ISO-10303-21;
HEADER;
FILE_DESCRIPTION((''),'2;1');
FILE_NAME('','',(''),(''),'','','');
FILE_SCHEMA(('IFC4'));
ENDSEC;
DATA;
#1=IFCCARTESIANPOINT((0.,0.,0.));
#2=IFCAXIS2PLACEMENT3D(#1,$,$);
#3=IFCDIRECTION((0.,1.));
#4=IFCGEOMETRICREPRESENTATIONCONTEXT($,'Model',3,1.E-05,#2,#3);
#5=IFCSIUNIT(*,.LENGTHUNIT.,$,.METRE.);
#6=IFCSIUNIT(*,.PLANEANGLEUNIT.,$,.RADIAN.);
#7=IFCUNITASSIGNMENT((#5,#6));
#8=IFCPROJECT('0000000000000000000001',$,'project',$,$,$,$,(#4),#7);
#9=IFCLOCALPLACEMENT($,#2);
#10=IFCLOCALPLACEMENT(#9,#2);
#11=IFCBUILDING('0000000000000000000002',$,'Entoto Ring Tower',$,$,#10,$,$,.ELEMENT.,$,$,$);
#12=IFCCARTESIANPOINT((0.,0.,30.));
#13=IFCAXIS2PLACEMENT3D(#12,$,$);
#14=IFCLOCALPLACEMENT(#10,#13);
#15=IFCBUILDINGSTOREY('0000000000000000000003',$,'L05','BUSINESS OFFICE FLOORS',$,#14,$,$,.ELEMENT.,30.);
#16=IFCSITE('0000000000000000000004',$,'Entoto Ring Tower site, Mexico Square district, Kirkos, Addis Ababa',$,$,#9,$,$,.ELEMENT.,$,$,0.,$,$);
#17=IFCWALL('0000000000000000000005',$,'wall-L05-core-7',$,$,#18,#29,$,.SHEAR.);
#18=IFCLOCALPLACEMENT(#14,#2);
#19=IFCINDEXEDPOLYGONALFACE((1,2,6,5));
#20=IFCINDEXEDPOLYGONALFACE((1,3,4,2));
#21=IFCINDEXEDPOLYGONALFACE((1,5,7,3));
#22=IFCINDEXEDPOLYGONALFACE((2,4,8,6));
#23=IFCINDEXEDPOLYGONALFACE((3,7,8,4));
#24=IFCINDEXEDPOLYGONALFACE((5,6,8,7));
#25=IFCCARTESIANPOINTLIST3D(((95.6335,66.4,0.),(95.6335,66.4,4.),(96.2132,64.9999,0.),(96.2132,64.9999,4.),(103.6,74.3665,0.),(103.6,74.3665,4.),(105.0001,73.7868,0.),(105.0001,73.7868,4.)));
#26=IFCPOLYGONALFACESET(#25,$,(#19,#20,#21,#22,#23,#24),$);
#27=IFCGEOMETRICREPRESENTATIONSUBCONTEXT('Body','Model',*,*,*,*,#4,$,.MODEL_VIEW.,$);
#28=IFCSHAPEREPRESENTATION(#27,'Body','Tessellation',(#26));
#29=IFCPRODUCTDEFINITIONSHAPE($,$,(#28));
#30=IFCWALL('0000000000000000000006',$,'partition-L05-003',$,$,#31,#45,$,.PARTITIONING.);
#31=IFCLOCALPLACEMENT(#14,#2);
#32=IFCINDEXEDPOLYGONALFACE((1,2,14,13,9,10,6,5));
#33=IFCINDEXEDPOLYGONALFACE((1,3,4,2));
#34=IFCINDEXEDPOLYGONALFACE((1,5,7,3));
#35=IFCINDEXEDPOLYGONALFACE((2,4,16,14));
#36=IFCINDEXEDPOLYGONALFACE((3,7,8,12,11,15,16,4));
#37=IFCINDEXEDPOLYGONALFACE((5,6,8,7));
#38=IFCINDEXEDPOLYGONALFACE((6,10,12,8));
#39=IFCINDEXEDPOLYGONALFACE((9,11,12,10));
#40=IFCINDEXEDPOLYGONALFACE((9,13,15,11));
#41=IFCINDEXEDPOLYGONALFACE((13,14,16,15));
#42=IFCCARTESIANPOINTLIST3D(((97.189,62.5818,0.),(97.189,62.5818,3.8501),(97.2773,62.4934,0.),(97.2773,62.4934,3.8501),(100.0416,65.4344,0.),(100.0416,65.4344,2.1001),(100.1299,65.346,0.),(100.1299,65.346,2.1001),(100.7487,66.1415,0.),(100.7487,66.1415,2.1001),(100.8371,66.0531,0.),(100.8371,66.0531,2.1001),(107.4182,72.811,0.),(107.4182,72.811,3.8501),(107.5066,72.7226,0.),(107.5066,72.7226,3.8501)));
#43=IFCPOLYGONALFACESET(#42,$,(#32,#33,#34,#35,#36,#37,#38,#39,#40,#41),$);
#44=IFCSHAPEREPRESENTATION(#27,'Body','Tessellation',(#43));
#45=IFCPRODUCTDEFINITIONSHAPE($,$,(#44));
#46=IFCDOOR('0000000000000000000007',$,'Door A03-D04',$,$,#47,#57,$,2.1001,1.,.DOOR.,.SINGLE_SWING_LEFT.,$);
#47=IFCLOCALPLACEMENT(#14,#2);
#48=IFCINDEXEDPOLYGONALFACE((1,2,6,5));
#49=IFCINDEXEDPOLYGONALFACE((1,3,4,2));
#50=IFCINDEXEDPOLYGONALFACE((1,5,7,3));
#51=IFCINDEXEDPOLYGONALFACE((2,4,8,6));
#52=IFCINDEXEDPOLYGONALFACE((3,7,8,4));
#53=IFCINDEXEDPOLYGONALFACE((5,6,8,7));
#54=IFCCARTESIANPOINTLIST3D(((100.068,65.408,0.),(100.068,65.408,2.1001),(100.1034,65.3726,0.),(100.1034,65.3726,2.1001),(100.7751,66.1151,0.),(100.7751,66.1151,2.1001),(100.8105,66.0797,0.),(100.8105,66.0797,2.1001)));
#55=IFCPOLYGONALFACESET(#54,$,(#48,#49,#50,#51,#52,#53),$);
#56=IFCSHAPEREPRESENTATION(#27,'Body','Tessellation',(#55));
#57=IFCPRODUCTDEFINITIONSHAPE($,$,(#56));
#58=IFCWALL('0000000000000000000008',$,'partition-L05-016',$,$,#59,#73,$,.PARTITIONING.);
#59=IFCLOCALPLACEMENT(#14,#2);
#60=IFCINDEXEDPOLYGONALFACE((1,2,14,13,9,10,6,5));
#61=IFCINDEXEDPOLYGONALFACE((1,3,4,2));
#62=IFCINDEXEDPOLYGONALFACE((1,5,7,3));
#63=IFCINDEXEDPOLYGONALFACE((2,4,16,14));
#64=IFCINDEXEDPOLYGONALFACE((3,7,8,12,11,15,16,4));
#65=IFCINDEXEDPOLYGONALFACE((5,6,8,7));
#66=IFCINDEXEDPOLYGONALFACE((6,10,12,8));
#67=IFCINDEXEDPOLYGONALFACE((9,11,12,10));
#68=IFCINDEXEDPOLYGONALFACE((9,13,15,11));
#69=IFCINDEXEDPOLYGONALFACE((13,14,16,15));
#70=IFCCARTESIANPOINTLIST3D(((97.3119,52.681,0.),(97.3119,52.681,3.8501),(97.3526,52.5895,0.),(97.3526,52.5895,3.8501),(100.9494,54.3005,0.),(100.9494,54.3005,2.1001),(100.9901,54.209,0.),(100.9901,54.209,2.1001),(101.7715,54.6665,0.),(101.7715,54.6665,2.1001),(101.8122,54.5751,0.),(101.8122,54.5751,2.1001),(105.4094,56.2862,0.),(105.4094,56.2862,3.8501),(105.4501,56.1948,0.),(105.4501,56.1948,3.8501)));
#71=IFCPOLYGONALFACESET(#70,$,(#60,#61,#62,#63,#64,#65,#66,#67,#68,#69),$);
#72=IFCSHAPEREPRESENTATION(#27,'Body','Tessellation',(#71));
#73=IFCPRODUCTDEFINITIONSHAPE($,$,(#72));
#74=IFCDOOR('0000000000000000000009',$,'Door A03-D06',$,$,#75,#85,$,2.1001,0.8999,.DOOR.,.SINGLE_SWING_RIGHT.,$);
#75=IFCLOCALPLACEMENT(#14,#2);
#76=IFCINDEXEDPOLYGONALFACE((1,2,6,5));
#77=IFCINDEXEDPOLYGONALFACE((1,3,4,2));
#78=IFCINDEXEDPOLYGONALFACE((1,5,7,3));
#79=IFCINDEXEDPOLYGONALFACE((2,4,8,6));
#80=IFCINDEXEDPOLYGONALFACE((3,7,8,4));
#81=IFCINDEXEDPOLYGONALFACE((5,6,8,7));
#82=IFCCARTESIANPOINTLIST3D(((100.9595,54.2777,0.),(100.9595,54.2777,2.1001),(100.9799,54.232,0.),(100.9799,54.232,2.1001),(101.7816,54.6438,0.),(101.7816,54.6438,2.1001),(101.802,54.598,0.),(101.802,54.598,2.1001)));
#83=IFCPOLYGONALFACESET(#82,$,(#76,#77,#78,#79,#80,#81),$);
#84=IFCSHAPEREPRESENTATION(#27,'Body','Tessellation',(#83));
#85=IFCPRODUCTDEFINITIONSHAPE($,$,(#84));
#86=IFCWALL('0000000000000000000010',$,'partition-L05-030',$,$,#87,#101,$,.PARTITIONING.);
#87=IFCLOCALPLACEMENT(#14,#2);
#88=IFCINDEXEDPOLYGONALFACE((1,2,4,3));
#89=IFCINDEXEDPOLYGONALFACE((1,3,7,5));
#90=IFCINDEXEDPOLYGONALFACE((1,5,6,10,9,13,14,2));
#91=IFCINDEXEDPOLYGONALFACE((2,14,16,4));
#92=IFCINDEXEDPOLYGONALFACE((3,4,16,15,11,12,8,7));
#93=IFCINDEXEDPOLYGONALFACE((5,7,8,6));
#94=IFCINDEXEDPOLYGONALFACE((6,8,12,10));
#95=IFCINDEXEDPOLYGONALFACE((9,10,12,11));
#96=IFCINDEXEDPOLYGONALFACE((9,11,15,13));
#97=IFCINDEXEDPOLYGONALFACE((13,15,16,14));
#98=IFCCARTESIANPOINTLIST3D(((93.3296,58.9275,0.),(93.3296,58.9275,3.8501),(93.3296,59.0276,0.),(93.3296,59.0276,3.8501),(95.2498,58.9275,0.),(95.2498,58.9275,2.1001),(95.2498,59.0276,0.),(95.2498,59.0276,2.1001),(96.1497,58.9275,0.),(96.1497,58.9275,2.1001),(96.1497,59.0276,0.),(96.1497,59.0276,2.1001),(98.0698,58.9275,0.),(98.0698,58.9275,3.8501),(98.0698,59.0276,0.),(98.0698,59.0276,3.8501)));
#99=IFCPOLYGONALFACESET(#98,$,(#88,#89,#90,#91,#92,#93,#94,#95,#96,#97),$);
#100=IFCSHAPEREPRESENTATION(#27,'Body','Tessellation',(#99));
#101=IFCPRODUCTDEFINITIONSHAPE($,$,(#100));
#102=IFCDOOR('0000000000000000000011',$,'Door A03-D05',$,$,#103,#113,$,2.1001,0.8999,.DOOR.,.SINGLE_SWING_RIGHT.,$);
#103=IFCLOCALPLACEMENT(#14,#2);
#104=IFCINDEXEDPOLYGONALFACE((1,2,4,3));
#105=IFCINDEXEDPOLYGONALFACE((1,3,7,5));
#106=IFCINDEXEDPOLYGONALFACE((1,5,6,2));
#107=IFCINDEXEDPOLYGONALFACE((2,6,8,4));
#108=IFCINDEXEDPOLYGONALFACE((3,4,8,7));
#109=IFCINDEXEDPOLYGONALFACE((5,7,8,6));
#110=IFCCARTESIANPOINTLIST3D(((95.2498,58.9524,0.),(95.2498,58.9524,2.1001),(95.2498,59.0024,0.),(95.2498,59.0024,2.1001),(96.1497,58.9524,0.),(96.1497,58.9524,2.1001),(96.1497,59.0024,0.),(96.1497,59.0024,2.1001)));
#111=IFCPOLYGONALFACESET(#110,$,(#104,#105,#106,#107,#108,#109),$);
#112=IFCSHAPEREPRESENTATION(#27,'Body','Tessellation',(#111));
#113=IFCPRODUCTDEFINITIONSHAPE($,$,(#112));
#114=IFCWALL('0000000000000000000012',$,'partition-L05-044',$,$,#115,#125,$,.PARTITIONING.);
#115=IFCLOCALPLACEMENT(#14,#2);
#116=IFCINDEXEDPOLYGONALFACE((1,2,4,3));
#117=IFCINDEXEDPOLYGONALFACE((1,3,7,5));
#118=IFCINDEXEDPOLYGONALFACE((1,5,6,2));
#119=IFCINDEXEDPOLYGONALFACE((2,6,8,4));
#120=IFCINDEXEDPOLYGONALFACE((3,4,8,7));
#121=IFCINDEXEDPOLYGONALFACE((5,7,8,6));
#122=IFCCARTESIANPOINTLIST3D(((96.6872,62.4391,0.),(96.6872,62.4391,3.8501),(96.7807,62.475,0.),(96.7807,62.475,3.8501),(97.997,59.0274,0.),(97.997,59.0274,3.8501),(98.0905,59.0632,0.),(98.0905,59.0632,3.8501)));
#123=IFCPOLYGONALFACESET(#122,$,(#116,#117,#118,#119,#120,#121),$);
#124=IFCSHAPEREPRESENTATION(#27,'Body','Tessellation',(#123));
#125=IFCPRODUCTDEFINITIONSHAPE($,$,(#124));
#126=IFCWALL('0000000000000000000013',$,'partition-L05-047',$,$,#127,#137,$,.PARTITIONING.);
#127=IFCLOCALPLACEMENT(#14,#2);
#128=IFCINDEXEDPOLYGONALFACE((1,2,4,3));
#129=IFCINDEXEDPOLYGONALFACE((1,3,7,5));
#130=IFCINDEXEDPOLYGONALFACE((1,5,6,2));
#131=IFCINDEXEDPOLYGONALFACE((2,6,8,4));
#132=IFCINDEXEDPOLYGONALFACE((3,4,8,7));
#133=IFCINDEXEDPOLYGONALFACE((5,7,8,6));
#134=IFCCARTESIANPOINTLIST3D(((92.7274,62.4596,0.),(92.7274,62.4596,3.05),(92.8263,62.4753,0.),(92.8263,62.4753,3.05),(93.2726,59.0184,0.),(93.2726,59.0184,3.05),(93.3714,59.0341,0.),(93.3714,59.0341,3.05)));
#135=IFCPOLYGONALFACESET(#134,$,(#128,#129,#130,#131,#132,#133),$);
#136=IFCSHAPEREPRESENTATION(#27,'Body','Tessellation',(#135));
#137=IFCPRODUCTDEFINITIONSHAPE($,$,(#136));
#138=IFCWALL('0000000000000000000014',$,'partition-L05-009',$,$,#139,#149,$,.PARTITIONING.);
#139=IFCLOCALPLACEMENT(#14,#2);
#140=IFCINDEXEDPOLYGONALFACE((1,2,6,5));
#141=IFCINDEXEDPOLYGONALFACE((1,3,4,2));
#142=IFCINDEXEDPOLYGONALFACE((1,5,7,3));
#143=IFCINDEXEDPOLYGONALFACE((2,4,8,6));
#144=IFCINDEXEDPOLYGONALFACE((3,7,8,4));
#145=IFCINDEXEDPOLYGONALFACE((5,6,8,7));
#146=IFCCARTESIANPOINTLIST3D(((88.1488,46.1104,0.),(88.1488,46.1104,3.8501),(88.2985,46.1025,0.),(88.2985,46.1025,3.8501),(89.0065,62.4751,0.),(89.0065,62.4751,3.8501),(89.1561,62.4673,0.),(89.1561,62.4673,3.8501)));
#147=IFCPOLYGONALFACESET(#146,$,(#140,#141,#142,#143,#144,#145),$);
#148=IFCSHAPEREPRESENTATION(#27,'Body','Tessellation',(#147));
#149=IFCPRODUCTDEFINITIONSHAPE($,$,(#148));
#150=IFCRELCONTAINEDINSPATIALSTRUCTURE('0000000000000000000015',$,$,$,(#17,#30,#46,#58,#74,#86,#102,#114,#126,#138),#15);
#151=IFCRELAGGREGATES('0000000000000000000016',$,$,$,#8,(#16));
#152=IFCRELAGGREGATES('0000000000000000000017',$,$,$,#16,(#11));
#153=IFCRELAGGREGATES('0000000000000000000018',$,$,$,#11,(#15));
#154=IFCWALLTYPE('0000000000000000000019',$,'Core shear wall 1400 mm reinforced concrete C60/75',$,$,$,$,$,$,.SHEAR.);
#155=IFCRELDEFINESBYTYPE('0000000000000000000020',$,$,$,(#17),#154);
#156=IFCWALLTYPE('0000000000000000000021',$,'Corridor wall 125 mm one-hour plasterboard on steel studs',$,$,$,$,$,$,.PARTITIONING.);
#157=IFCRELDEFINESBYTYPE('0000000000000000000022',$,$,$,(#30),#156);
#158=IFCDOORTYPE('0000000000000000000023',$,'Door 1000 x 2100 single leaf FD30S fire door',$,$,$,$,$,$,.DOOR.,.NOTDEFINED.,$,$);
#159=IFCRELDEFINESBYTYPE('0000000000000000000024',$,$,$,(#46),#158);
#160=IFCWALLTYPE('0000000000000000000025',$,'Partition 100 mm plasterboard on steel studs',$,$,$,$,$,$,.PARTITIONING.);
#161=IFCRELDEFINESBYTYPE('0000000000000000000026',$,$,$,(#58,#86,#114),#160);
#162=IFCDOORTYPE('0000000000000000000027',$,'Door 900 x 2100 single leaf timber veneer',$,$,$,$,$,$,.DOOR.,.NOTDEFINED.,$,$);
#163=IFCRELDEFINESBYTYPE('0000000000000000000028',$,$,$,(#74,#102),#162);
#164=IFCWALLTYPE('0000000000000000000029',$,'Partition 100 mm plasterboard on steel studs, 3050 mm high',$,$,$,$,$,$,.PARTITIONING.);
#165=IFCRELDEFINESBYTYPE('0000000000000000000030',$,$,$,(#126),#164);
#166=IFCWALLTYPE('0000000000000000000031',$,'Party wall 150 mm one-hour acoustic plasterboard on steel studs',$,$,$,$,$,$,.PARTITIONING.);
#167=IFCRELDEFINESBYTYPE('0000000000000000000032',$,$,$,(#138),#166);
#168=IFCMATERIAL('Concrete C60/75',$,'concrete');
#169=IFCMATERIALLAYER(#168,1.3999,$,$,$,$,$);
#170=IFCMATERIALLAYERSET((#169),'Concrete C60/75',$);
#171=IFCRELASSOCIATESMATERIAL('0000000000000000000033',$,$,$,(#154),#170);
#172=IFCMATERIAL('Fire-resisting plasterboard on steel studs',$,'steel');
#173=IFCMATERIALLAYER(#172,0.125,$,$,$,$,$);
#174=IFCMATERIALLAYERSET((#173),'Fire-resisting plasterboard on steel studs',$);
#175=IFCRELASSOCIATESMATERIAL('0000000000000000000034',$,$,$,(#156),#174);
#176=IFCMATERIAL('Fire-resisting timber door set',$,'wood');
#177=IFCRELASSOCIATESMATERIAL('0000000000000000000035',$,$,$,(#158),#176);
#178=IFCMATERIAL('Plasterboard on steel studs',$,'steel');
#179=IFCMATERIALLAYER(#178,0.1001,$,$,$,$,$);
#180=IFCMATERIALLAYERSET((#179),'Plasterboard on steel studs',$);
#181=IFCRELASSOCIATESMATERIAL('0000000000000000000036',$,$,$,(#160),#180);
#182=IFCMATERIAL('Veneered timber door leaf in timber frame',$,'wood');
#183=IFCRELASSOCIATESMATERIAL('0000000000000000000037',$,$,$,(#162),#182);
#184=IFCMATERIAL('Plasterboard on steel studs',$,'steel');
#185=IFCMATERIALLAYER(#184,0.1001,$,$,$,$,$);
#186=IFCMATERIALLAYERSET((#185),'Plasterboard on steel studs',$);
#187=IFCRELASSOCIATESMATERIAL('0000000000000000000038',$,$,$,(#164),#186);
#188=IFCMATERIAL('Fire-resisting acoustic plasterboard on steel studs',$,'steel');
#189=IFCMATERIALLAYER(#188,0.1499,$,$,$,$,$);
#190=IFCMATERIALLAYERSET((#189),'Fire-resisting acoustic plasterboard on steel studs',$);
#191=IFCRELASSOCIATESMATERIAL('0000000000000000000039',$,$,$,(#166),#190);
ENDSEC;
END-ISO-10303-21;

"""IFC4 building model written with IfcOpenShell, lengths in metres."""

from ifc_helpers import new_model, si_unit, direction, frame, frame_2d, origin, place, context, subcontext, project, spatial, polyline, rectangle, outline, extrude, material, layer, layer_set, type_object, element, fill, save


model = new_model("IFC4")

# Units and contexts
model_context = context("Model", 3, precision=1e-05, world=origin(), true_north=direction((0.0, 1.0)))
body_context = subcontext(model_context, "Body", "Model", "MODEL_VIEW")
ifc_project = project(units=[si_unit("LENGTHUNIT", "METRE"), si_unit("PLANEANGLEUNIT", "RADIAN")], contexts=[model_context])

# Site, building, storey
site_placement = place(None, origin())
site = spatial("IfcSite", under=ifc_project, at=site_placement, Name="Entoto Ring Tower site, Mexico Square district, Kirkos, Addis Ababa", CompositionType="ELEMENT", RefElevation=0.0)
building_placement = place(site_placement, origin())
building = spatial("IfcBuilding", under=site, at=building_placement, Name="Entoto Ring Tower", CompositionType="ELEMENT")
storey_placement = place(building_placement, frame((0.0, 0.0, 30.0)))
storey = spatial("IfcBuildingStorey", under=building, at=storey_placement, Name="L05", Description="BUSINESS OFFICE FLOORS", CompositionType="ELEMENT", Elevation=30.0)

# Wall
ifc_material_1 = material(Name="Concrete C60/75", Category="concrete")
ifc_layer_1 = layer(ifc_material_1, 1.3999)
ifc_layer_set_1 = layer_set([ifc_layer_1], Name="Concrete C60/75")
wall_type_1 = type_object("IfcWallType", Name="Core shear wall 1400 mm reinforced concrete C60/75", PredefinedType="SHEAR", material=ifc_layer_set_1)
wall_1_placement = place(storey_placement, frame((95.9233, 65.7, 0.0), z_axis=(0.0, 0.0, 1.0), x_axis=(0.707107, 0.707107, 0.0)))
element("IfcWall", 1, at=wall_1_placement, inside=storey, type_object=wall_type_1, Name="wall-L05-core-7", PredefinedType="SHEAR", context=body_context, shape_type="SweptSolid", body=[
    extrude(outline(polyline([(-0.29, -0.7), (12.1365, -0.7), (11.5564, 0.7), (0.29, 0.7), (-0.29, -0.7)])), origin(), (0.0, 0.0, 1.0), 4.0),
])

# Walls, openings, doors
ifc_material_2 = material(Name="Fire-resisting plasterboard on steel studs", Category="steel")
ifc_layer_2 = layer(ifc_material_2, 0.125)
ifc_layer_set_2 = layer_set([ifc_layer_2], Name="Fire-resisting plasterboard on steel studs")
wall_type_2 = type_object("IfcWallType", Name="Corridor wall 125 mm one-hour plasterboard on steel studs", PredefinedType="PARTITIONING", material=ifc_layer_set_2)
wall_2_placement = place(storey_placement, frame((97.2332, 62.5376, 0.0), z_axis=(0.0, 0.0, 1.0), x_axis=(0.707107, 0.707107, 0.0)))
wall_2 = element("IfcWall", 2, at=wall_2_placement, inside=storey, type_object=wall_type_2, Name="partition-L05-003", PredefinedType="PARTITIONING", context=body_context, shape_type="SweptSolid", body=[
    extrude(rectangle(XDim=14.4663, YDim=0.125, at=frame_2d((7.2332, 0.0))), origin(), (0.0, 0.0, 1.0), 3.8501),
])
opening_1_placement = place(wall_2_placement, frame((4.0342, 0.0, 0.0)))
opening_1 = element("IfcOpeningElement", 3, at=opening_1_placement, cuts=wall_2, PredefinedType="OPENING", context=body_context, shape_type="SweptSolid", body=[
    extrude(rectangle(XDim=1.0, YDim=2.1001, at=frame_2d((0.5, 1.05))), frame((0.0, 0.0725, 0.0), z_axis=(0.0, -1.0, 0.0), x_axis=(1.0, 0.0, 0.0)), (0.0, 0.0, 1.0), 0.145),
])
ifc_material_3 = material(Name="Fire-resisting timber door set", Category="wood")
door_type_1 = type_object("IfcDoorType", Name="Door 1000 x 2100 single leaf FD30S fire door", OperationType="NOTDEFINED", PredefinedType="DOOR", material=ifc_material_3)
door_1_placement = place(opening_1_placement, frame((1.0, 0.0, 0.0), z_axis=(0.0, 0.0, 1.0), x_axis=(-1.0, 0.0, 0.0)))
door_1 = element("IfcDoor", 4, at=door_1_placement, inside=storey, type_object=door_type_1, Name="Door A03-D04", OperationType="SINGLE_SWING_LEFT", OverallHeight=2.1001, OverallWidth=1.0, PredefinedType="DOOR", context=body_context, shape_type="SweptSolid", body=[
    extrude(rectangle(XDim=1.0, YDim=2.1001, at=frame_2d((0.5, 1.05))), frame((0.0, 0.0249, 0.0), z_axis=(0.0, -1.0, 0.0), x_axis=(1.0, 0.0, 0.0)), (0.0, 0.0, 1.0), 0.05),
])
fill(opening_1, door_1)
ifc_material_4 = material(Name="Plasterboard on steel studs", Category="steel")
ifc_layer_3 = layer(ifc_material_4, 0.1001)
ifc_layer_set_3 = layer_set([ifc_layer_3], Name="Plasterboard on steel studs")
wall_type_3 = type_object("IfcWallType", Name="Partition 100 mm plasterboard on steel studs", PredefinedType="PARTITIONING", material=ifc_layer_set_3)
wall_3_placement = place(storey_placement, frame((97.3323, 52.6353, 0.0), z_axis=(0.0, 0.0, 1.0), x_axis=(0.913544, 0.406739, 0.0)))
wall_3 = element("IfcWall", 5, at=wall_3_placement, inside=storey, type_object=wall_type_3, Name="partition-L05-016", PredefinedType="PARTITIONING", context=body_context, shape_type="SweptSolid", body=[
    extrude(rectangle(XDim=8.8638, YDim=0.1001, at=frame_2d((4.4319, 0.0))), origin(), (0.0, 0.0, 1.0), 3.8501),
])
opening_2_placement = place(wall_3_placement, frame((3.9817, 0.0, 0.0)))
opening_2 = element("IfcOpeningElement", 6, at=opening_2_placement, cuts=wall_3, PredefinedType="OPENING", context=body_context, shape_type="SweptSolid", body=[
    extrude(rectangle(XDim=0.8999, YDim=2.1001, at=frame_2d((0.45, 1.05))), frame((0.0, 0.0601, 0.0), z_axis=(0.0, -1.0, 0.0), x_axis=(1.0, 0.0, 0.0)), (0.0, 0.0, 1.0), 0.1201),
])
ifc_material_5 = material(Name="Veneered timber door leaf in timber frame", Category="wood")
door_type_2 = type_object("IfcDoorType", Name="Door 900 x 2100 single leaf timber veneer", OperationType="NOTDEFINED", PredefinedType="DOOR", material=ifc_material_5)
door_2_placement = place(opening_2_placement, frame((0.8999, 0.0, 0.0), z_axis=(0.0, 0.0, 1.0), x_axis=(-1.0, 0.0, 0.0)))
door_2 = element("IfcDoor", 7, at=door_2_placement, inside=storey, type_object=door_type_2, Name="Door A03-D06", OperationType="SINGLE_SWING_RIGHT", OverallHeight=2.1001, OverallWidth=0.8999, PredefinedType="DOOR", context=body_context, shape_type="SweptSolid", body=[
    extrude(rectangle(XDim=0.8999, YDim=2.1001, at=frame_2d((0.45, 1.05))), frame((0.0, 0.0249, 0.0), z_axis=(0.0, -1.0, 0.0), x_axis=(1.0, 0.0, 0.0)), (0.0, 0.0, 1.0), 0.05),
])
fill(opening_2, door_2)
wall_4_placement = place(storey_placement, frame((93.3296, 58.9775, 0.0), z_axis=(0.0, 0.0, 1.0), x_axis=(1.0, 0.0, 0.0)))
wall_4 = element("IfcWall", 8, at=wall_4_placement, inside=storey, type_object=wall_type_3, Name="partition-L05-030", PredefinedType="PARTITIONING", context=body_context, shape_type="SweptSolid", body=[
    extrude(rectangle(XDim=4.7402, YDim=0.1001, at=frame_2d((2.3701, 0.0))), origin(), (0.0, 0.0, 1.0), 3.8501),
])
opening_3_placement = place(wall_4_placement, frame((1.9202, 0.0, 0.0)))
opening_3 = element("IfcOpeningElement", 9, at=opening_3_placement, cuts=wall_4, PredefinedType="OPENING", context=body_context, shape_type="SweptSolid", body=[
    extrude(rectangle(XDim=0.8999, YDim=2.1001, at=frame_2d((0.45, 1.05))), frame((0.0, 0.0601, 0.0), z_axis=(0.0, -1.0, 0.0), x_axis=(1.0, 0.0, 0.0)), (0.0, 0.0, 1.0), 0.1201),
])
door_3_placement = place(opening_3_placement, origin())
door_3 = element("IfcDoor", 10, at=door_3_placement, inside=storey, type_object=door_type_2, Name="Door A03-D05", OperationType="SINGLE_SWING_RIGHT", OverallHeight=2.1001, OverallWidth=0.8999, PredefinedType="DOOR", context=body_context, shape_type="SweptSolid", body=[
    extrude(rectangle(XDim=0.8999, YDim=2.1001, at=frame_2d((0.45, 1.05))), frame((0.0, 0.0249, 0.0), z_axis=(0.0, -1.0, 0.0), x_axis=(1.0, 0.0, 0.0)), (0.0, 0.0, 1.0), 0.05),
])
fill(opening_3, door_3)

# Walls
wall_5_placement = place(storey_placement, frame((98.0437, 59.0454, 0.0), z_axis=(0.0, 0.0, 1.0), x_axis=(-0.358397, 0.933569, 0.0)))
element("IfcWall", 11, at=wall_5_placement, inside=storey, type_object=wall_type_3, Name="partition-L05-044", PredefinedType="PARTITIONING", context=body_context, shape_type="SweptSolid", body=[
    extrude(rectangle(XDim=3.6545, YDim=0.1001, at=frame_2d((1.8271, 0.0))), origin(), (0.0, 0.0, 1.0), 3.8501),
])
ifc_material_6 = material(Name="Plasterboard on steel studs", Category="steel")
ifc_layer_4 = layer(ifc_material_6, 0.1001)
ifc_layer_set_4 = layer_set([ifc_layer_4], Name="Plasterboard on steel studs")
wall_type_4 = type_object("IfcWallType", Name="Partition 100 mm plasterboard on steel studs, 3050 mm high", PredefinedType="PARTITIONING", material=ifc_layer_set_4)
wall_6_placement = place(storey_placement, frame((93.322, 59.0261, 0.0), z_axis=(0.0, 0.0, 1.0), x_axis=(-0.156474, 0.987682, 0.0)))
element("IfcWall", 12, at=wall_6_placement, inside=storey, type_object=wall_type_4, Name="partition-L05-047", PredefinedType="PARTITIONING", context=body_context, shape_type="SweptSolid", body=[
    extrude(rectangle(XDim=3.4841, YDim=0.1001, at=frame_2d((1.7422, 0.0))), origin(), (0.0, 0.0, 1.0), 3.05),
])
ifc_material_7 = material(Name="Fire-resisting acoustic plasterboard on steel studs", Category="steel")
ifc_layer_5 = layer(ifc_material_7, 0.1499)
ifc_layer_set_5 = layer_set([ifc_layer_5], Name="Fire-resisting acoustic plasterboard on steel studs")
wall_type_5 = type_object("IfcWallType", Name="Party wall 150 mm one-hour acoustic plasterboard on steel studs", PredefinedType="PARTITIONING", material=ifc_layer_set_5)
wall_7_placement = place(storey_placement, frame((88.2236, 46.1064, 0.0), z_axis=(0.0, 0.0, 1.0), x_axis=(0.052338, 0.998629, 0.0)))
element("IfcWall", 13, at=wall_7_placement, inside=storey, type_object=wall_type_5, Name="partition-L05-009", PredefinedType="PARTITIONING", context=body_context, shape_type="SweptSolid", body=[
    extrude(rectangle(XDim=16.3872, YDim=0.1499, at=frame_2d((8.1936, 0.0))), origin(), (0.0, 0.0, 1.0), 3.8501),
])

save(model, "model.ifc")
